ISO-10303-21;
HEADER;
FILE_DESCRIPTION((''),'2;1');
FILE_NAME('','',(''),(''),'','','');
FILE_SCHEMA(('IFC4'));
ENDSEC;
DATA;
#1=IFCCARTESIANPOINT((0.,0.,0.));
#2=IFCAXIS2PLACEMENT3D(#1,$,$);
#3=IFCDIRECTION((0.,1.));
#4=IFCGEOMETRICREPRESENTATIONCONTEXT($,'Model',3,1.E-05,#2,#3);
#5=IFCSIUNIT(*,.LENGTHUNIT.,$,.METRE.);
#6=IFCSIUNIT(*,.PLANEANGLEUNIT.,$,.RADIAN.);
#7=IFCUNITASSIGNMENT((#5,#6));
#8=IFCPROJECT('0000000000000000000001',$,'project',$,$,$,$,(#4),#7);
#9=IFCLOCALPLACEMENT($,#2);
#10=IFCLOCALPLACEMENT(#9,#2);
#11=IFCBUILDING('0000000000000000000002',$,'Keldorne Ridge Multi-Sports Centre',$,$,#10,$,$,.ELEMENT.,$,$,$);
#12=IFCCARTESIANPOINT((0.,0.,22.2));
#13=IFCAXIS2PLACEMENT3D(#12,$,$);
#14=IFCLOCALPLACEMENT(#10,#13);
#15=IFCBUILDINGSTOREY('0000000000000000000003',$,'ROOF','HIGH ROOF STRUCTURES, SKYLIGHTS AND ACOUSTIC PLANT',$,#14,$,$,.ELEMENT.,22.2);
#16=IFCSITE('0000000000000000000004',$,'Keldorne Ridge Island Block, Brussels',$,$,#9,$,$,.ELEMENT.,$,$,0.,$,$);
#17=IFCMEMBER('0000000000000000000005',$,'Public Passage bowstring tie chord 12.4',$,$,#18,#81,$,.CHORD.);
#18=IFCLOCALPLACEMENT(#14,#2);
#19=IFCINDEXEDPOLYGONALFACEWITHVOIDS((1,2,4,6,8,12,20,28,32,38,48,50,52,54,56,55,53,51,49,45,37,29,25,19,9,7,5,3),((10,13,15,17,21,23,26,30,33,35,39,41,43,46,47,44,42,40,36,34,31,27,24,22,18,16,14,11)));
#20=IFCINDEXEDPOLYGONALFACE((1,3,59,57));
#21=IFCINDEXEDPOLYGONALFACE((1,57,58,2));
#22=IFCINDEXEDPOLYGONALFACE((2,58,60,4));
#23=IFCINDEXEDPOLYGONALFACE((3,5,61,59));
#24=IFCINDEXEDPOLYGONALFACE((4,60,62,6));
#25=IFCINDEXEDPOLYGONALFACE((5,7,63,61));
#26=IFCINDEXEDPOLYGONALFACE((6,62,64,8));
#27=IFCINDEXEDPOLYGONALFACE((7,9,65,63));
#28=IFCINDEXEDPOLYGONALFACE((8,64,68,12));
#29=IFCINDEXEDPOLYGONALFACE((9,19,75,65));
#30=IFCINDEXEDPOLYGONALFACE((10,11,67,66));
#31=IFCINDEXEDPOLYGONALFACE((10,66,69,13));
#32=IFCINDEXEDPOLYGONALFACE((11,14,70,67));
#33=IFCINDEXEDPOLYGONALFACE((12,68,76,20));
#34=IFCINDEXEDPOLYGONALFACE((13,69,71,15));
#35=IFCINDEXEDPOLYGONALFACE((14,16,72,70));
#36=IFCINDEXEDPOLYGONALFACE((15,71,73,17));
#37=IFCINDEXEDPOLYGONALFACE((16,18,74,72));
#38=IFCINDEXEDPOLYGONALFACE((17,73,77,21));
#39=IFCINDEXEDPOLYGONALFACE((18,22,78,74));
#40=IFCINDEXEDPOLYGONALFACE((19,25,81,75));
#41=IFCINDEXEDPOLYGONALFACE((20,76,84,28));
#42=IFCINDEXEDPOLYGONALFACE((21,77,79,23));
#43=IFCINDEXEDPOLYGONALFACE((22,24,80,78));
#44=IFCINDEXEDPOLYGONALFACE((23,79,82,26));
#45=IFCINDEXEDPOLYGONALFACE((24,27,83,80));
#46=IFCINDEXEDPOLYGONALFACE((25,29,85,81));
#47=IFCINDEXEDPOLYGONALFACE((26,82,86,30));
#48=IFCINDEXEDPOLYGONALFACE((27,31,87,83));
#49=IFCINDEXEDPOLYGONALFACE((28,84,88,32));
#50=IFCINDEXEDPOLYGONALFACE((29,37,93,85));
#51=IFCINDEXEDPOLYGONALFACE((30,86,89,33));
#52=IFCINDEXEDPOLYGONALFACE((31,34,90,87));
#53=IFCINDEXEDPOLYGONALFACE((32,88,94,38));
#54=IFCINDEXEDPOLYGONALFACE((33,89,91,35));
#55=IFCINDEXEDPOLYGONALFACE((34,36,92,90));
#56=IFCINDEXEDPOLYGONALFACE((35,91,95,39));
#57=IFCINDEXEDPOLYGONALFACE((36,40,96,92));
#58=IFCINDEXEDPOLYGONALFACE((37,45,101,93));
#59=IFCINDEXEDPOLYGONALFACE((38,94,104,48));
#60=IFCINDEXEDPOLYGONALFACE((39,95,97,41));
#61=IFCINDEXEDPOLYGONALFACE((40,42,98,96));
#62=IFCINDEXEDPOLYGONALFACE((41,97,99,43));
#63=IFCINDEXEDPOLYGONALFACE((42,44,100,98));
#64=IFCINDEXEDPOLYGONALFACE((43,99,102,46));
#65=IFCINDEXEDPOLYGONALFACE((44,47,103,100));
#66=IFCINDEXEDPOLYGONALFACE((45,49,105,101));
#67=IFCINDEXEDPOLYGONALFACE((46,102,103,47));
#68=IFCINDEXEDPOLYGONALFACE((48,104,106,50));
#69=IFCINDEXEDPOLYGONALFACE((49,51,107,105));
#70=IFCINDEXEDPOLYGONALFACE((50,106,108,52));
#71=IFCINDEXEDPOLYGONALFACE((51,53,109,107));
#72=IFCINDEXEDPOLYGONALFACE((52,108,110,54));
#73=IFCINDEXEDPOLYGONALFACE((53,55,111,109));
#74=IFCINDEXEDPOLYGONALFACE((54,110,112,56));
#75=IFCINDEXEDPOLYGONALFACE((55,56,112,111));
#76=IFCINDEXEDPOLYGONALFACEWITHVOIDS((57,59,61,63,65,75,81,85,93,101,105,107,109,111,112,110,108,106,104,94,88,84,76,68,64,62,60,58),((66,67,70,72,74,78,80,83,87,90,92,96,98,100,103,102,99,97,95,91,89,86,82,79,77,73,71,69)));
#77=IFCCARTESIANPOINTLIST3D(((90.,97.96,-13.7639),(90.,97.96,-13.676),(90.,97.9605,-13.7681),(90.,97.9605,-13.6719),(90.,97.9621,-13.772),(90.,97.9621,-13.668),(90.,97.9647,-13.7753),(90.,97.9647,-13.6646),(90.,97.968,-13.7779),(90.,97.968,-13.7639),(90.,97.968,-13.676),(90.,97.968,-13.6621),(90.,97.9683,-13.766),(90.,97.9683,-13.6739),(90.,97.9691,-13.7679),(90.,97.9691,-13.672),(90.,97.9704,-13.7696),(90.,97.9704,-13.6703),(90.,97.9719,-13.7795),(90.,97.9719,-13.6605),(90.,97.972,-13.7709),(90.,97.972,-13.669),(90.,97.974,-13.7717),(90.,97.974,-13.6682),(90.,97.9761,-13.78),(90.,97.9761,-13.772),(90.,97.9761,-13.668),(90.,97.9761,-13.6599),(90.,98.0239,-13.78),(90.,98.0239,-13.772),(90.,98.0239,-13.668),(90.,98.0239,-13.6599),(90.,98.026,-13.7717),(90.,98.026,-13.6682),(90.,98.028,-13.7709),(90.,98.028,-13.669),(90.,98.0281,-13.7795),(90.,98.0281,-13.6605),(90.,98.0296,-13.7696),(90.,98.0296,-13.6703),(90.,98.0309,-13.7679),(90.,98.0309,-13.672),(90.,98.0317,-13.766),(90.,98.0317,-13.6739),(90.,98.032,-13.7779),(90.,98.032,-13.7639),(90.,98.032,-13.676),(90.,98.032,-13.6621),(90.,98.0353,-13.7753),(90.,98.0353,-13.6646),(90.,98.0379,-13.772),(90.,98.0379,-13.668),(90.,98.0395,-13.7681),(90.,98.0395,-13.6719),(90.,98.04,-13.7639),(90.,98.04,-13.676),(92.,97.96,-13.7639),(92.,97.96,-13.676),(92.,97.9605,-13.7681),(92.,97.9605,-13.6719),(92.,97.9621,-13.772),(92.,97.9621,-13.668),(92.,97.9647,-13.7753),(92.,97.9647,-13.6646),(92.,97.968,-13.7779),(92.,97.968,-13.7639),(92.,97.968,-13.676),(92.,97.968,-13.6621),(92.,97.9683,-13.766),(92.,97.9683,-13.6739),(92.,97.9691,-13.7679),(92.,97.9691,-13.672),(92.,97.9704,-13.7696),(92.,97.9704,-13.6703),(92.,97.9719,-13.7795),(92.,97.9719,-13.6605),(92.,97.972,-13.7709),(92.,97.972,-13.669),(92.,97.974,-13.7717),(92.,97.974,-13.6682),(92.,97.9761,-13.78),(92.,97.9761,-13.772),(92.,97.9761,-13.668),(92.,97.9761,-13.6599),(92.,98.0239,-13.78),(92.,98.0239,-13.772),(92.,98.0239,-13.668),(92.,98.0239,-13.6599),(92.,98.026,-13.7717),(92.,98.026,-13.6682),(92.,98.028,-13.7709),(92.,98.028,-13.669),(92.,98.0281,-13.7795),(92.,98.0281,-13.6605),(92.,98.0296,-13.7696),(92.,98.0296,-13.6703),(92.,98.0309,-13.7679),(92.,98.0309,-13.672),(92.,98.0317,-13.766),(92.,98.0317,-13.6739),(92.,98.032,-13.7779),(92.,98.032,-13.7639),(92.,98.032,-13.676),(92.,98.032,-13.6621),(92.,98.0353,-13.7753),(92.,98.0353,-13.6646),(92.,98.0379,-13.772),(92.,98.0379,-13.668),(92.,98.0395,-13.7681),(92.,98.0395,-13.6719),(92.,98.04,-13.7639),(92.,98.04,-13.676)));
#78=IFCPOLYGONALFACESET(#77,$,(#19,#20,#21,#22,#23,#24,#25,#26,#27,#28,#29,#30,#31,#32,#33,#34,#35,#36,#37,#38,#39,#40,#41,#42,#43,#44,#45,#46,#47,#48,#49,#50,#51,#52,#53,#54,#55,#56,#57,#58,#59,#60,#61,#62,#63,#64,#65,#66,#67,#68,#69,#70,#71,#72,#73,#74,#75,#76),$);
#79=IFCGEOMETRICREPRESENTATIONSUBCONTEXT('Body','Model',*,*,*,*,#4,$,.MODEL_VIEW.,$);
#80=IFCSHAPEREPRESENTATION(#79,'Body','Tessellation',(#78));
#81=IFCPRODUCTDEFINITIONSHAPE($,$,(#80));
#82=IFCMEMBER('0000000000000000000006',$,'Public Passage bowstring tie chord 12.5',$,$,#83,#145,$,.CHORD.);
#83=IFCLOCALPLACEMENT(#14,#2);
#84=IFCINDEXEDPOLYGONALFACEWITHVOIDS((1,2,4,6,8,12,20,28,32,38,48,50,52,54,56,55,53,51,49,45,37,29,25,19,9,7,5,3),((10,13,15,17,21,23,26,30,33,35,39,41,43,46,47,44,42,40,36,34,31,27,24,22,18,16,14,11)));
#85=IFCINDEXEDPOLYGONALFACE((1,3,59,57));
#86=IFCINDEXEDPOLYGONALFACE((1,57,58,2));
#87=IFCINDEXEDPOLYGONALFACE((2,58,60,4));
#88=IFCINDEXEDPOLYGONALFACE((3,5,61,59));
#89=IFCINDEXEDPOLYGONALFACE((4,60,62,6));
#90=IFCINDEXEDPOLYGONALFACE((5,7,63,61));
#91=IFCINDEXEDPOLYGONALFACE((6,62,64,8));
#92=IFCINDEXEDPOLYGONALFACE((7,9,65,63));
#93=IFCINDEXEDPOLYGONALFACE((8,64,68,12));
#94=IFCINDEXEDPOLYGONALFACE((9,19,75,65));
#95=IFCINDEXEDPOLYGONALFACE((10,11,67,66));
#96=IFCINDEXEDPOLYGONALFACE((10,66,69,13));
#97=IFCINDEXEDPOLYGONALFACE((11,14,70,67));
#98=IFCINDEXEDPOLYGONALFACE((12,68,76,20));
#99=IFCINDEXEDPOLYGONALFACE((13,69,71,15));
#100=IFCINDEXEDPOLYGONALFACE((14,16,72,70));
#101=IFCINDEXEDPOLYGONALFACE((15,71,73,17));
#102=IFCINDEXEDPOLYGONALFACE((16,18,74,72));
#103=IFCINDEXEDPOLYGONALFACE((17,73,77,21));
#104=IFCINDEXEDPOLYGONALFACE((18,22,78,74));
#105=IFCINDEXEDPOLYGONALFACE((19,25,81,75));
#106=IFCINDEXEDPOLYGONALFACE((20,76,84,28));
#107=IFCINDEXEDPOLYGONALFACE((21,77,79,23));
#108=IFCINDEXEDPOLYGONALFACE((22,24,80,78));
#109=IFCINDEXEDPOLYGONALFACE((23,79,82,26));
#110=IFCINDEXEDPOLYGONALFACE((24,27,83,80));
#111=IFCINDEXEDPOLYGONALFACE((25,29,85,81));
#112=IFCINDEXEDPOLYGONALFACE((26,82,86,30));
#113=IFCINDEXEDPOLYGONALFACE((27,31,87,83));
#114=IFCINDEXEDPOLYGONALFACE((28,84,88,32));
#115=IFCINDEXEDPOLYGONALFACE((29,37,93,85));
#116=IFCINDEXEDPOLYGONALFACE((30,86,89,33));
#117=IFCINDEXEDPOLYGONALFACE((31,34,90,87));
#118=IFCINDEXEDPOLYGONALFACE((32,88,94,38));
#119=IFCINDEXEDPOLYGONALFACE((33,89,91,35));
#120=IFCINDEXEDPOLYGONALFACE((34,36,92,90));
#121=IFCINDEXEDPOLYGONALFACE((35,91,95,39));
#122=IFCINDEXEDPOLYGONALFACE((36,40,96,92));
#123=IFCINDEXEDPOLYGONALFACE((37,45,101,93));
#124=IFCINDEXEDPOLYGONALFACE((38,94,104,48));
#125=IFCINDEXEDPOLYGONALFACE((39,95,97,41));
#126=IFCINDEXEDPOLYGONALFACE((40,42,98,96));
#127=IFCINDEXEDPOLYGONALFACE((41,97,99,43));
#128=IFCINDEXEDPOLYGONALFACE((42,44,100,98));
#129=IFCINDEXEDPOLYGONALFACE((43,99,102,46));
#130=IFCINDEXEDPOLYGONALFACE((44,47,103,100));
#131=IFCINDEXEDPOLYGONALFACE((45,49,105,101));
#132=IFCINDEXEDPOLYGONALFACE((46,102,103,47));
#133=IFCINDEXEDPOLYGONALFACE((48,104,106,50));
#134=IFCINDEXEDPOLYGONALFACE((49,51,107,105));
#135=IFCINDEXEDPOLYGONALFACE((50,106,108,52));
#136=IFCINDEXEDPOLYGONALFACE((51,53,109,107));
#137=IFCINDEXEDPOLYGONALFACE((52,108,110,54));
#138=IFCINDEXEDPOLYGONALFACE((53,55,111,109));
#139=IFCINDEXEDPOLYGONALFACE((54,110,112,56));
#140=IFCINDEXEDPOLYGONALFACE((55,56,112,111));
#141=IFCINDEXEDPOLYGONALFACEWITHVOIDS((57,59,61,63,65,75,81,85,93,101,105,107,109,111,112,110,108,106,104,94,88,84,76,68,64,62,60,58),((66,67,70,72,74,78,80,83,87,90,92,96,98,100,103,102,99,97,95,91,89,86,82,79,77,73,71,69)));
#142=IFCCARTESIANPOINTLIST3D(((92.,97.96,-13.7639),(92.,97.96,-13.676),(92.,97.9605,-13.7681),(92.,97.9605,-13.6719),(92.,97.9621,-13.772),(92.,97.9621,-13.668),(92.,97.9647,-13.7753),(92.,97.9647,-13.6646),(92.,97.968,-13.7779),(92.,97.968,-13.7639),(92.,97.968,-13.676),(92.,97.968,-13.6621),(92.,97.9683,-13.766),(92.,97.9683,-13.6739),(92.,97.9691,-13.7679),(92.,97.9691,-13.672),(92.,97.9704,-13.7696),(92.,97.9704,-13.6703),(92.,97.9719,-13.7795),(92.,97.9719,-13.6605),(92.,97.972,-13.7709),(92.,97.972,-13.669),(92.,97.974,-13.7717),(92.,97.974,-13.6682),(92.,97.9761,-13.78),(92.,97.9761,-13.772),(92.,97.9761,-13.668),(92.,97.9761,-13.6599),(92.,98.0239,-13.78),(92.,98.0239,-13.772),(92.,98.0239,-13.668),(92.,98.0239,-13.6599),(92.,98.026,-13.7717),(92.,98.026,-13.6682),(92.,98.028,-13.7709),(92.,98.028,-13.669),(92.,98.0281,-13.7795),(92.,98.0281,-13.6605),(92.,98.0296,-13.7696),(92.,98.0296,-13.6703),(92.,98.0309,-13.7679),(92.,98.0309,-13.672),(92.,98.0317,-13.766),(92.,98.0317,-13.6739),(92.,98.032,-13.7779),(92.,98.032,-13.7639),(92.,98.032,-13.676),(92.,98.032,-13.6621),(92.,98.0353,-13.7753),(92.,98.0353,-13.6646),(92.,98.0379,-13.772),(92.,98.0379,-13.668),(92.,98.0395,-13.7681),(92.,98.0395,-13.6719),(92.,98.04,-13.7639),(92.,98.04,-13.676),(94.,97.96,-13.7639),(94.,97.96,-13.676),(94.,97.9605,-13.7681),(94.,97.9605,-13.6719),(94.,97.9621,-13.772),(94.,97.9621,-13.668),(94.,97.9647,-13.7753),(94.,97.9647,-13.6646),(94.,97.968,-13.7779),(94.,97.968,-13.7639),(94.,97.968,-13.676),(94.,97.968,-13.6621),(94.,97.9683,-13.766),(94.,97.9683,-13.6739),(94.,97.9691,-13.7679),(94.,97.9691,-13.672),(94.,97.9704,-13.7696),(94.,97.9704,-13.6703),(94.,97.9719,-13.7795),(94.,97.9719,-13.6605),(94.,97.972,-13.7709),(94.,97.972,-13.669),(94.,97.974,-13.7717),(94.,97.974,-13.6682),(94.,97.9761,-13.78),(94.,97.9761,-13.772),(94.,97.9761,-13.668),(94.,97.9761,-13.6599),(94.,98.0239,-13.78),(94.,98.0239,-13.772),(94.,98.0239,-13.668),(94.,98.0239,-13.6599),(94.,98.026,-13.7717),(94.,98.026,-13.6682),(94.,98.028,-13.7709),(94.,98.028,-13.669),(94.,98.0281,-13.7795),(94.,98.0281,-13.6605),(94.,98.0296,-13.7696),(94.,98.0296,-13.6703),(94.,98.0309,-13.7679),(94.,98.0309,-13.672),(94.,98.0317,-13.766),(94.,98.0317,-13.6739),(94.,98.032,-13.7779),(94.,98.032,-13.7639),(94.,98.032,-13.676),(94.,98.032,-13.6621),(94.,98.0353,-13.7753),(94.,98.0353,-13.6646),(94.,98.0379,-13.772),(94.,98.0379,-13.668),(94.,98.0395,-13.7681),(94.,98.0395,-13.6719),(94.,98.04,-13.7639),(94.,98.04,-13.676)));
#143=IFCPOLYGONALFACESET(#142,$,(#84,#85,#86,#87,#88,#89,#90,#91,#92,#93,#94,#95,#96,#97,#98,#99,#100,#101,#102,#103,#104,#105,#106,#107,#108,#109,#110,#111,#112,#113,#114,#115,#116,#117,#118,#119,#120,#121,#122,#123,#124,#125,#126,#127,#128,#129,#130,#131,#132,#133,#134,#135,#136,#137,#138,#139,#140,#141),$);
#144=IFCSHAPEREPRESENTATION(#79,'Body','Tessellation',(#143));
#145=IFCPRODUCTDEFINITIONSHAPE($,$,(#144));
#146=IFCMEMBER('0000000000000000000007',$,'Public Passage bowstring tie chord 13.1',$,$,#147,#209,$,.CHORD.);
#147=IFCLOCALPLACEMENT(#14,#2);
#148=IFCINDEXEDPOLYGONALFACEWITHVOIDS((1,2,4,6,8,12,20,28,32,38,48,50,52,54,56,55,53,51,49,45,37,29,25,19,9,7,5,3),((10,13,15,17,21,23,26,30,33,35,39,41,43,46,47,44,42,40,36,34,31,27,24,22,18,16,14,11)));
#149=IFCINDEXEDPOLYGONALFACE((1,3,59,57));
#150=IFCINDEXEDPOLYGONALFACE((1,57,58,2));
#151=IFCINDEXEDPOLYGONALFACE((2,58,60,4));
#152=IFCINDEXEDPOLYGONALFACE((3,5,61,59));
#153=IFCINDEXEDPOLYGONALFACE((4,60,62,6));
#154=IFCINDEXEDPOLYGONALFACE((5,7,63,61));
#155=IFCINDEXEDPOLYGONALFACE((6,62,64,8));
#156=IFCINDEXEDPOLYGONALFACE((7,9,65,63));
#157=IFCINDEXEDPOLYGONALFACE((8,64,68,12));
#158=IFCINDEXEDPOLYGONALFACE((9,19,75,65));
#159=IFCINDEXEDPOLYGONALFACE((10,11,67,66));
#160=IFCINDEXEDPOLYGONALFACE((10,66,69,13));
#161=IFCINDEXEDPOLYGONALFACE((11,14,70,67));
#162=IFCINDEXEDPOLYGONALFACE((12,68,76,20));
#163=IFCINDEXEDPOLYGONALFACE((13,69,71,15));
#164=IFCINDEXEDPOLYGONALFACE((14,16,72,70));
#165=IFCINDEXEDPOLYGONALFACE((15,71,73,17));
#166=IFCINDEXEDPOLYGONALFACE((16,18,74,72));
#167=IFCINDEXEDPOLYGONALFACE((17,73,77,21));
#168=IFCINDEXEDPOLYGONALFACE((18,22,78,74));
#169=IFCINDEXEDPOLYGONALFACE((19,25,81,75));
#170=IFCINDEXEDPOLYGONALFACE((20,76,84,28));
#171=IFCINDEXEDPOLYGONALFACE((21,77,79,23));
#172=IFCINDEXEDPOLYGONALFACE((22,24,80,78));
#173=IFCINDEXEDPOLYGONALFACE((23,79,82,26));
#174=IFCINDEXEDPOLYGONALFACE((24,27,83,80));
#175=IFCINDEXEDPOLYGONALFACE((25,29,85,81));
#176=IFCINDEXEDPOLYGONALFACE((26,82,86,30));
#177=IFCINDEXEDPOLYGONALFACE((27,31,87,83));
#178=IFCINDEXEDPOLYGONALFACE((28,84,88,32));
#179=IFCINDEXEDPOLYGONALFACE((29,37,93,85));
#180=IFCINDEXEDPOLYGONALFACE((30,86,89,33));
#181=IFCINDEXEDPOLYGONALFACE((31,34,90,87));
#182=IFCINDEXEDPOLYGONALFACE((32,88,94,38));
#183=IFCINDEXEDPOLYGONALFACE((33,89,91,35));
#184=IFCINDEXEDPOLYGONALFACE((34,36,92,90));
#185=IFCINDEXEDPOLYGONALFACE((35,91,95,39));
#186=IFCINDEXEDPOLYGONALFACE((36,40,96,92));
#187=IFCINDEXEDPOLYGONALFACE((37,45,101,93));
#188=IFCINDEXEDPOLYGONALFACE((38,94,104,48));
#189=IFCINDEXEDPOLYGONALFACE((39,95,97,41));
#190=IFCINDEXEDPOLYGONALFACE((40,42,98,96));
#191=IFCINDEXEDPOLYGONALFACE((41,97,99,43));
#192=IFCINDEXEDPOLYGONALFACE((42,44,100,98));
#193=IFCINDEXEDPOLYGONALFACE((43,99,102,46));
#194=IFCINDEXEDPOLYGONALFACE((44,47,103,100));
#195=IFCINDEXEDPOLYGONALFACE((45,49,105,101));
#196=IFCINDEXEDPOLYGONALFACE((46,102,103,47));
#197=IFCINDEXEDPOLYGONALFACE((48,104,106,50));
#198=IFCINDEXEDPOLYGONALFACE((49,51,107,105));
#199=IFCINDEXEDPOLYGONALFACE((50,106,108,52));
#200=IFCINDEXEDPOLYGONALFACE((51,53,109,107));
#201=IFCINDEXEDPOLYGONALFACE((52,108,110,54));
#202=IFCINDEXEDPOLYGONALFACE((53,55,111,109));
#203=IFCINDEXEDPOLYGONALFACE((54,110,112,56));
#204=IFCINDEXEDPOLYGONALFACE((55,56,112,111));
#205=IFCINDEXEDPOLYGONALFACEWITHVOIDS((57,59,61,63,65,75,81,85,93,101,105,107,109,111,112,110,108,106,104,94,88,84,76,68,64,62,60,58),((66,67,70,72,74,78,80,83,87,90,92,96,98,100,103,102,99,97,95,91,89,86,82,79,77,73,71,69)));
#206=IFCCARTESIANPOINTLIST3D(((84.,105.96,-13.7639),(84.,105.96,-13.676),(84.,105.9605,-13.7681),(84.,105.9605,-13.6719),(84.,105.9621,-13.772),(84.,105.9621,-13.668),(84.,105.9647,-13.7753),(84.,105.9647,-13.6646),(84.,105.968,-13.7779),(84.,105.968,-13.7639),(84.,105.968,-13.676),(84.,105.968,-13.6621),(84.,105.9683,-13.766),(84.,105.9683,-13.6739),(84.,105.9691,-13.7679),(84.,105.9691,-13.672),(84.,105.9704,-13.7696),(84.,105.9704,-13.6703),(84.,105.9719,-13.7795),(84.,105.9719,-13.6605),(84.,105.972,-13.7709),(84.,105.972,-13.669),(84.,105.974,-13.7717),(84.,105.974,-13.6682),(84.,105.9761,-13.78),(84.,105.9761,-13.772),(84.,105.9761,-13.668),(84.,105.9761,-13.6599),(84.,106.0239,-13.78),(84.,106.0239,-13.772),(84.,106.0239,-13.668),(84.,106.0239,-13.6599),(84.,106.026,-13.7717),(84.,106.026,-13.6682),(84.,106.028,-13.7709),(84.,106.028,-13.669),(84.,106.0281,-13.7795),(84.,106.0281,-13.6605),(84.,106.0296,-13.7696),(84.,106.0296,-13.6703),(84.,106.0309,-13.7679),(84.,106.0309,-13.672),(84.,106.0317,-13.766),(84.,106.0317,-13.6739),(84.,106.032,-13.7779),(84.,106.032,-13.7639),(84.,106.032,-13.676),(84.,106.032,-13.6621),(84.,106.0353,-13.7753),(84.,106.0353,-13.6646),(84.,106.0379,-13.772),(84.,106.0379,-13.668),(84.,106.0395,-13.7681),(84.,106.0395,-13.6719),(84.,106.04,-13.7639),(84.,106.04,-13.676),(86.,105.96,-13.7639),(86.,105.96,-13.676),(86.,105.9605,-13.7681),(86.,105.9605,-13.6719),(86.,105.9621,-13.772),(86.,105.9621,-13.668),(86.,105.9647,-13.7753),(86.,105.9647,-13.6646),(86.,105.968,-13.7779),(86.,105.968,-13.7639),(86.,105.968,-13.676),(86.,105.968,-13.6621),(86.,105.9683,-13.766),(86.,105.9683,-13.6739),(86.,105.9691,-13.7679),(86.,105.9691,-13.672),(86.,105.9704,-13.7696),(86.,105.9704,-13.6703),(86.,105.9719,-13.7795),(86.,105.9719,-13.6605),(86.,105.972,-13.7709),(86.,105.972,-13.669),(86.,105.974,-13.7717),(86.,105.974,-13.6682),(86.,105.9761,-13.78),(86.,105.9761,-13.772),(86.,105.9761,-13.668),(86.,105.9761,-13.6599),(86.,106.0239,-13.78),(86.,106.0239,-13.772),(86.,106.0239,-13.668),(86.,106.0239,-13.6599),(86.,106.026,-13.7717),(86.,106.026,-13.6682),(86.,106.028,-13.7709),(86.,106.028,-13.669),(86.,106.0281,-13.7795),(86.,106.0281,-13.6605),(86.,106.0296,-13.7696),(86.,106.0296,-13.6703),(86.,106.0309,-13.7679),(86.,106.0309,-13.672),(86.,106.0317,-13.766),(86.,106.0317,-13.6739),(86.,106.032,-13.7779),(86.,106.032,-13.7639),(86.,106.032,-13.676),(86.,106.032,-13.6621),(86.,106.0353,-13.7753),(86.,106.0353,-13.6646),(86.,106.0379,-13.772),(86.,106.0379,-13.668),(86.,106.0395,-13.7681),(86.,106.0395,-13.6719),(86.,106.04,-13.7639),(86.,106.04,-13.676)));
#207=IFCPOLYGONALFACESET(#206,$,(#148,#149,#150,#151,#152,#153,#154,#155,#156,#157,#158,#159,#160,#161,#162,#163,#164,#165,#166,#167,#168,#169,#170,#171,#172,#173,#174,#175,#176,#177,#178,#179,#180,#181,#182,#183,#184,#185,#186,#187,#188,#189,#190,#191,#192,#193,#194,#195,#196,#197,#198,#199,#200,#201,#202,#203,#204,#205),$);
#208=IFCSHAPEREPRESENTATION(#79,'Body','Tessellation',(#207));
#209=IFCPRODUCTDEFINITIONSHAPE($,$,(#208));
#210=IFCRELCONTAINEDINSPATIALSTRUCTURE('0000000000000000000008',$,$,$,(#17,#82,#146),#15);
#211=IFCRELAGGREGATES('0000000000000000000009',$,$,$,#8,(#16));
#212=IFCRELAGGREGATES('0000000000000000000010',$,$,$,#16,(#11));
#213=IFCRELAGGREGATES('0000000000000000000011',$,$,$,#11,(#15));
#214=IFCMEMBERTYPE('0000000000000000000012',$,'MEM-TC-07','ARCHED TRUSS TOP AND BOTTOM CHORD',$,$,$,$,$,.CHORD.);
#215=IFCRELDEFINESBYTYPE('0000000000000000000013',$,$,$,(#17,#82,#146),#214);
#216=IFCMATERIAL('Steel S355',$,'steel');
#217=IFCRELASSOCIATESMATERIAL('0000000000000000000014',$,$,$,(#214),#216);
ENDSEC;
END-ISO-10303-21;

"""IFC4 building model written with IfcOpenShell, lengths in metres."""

from ifc_helpers import new_model, si_unit, direction, frame, origin, origin_2d, place, context, subcontext, project, spatial, hollow_rectangle, extrude, material, material_profile, profile_set, type_object, element, save


model = new_model("IFC4")

# Units and contexts
model_context = context("Model", 3, precision=1e-05, world=origin(), true_north=direction((0.0, 1.0)))
body_context = subcontext(model_context, "Body", "Model", "MODEL_VIEW")
ifc_project = project(units=[si_unit("LENGTHUNIT", "METRE"), si_unit("PLANEANGLEUNIT", "RADIAN")], contexts=[model_context])

# Site, building, storey
site_placement = place(None, origin())
site = spatial("IfcSite", under=ifc_project, at=site_placement, Name="Keldorne Ridge Island Block, Brussels", CompositionType="ELEMENT", RefElevation=0.0)
building_placement = place(site_placement, origin())
building = spatial("IfcBuilding", under=site, at=building_placement, Name="Keldorne Ridge Multi-Sports Centre", CompositionType="ELEMENT")
storey_placement = place(building_placement, frame((0.0, 0.0, 22.2)))
storey = spatial("IfcBuildingStorey", under=building, at=storey_placement, Name="ROOF", Description="HIGH ROOF STRUCTURES, SKYLIGHTS AND ACOUSTIC PLANT", CompositionType="ELEMENT", Elevation=22.2)

# Members
ifc_material = material(Name="Steel S355", Category="steel")
ifc_material_profile_1 = material_profile(ifc_material, hollow_rectangle(XDim=0.0801, YDim=0.1201, WallThickness=0.0081, InnerFilletRadius=0.0081, OuterFilletRadius=0.0161, at=origin_2d()), Name="RHS 120x80x8")
ifc_profile_set_1 = profile_set([ifc_material_profile_1], Name="Steel S355")
member_type_1 = type_object("IfcMemberType", Name="MEM-TC-07", Description="ARCHED TRUSS TOP AND BOTTOM CHORD", PredefinedType="CHORD", material=ifc_profile_set_1)
for number, where, z_axis, x_axis, name in (
    (1, (90.0, 98.0, -13.72), (1.0, 0.0, 0.0), (0.0, 1.0, 0.0), "Public Passage bowstring tie chord 12.4"),
    (2, (92.0, 98.0, -13.72), (1.0, 0.0, 0.0), (0.0, 1.0, 0.0), "Public Passage bowstring tie chord 12.5"),
    (3, (84.0, 106.0, -13.72), (1.0, 0.0, 0.0), (0.0, 1.0, 0.0), "Public Passage bowstring tie chord 13.1"),
):
    element("IfcMember", number, at=place(storey_placement, frame(where, z_axis=z_axis, x_axis=x_axis)), inside=storey, type_object=member_type_1, Name=name, PredefinedType="CHORD", context=body_context, shape_type="SweptSolid", body=[
        extrude(hollow_rectangle(XDim=0.0801, YDim=0.1201, WallThickness=0.0081, InnerFilletRadius=0.0081, OuterFilletRadius=0.0161, at=origin_2d()), origin(), (0.0, 0.0, 1.0), 2.0),
    ])

save(model, "model.ifc")
